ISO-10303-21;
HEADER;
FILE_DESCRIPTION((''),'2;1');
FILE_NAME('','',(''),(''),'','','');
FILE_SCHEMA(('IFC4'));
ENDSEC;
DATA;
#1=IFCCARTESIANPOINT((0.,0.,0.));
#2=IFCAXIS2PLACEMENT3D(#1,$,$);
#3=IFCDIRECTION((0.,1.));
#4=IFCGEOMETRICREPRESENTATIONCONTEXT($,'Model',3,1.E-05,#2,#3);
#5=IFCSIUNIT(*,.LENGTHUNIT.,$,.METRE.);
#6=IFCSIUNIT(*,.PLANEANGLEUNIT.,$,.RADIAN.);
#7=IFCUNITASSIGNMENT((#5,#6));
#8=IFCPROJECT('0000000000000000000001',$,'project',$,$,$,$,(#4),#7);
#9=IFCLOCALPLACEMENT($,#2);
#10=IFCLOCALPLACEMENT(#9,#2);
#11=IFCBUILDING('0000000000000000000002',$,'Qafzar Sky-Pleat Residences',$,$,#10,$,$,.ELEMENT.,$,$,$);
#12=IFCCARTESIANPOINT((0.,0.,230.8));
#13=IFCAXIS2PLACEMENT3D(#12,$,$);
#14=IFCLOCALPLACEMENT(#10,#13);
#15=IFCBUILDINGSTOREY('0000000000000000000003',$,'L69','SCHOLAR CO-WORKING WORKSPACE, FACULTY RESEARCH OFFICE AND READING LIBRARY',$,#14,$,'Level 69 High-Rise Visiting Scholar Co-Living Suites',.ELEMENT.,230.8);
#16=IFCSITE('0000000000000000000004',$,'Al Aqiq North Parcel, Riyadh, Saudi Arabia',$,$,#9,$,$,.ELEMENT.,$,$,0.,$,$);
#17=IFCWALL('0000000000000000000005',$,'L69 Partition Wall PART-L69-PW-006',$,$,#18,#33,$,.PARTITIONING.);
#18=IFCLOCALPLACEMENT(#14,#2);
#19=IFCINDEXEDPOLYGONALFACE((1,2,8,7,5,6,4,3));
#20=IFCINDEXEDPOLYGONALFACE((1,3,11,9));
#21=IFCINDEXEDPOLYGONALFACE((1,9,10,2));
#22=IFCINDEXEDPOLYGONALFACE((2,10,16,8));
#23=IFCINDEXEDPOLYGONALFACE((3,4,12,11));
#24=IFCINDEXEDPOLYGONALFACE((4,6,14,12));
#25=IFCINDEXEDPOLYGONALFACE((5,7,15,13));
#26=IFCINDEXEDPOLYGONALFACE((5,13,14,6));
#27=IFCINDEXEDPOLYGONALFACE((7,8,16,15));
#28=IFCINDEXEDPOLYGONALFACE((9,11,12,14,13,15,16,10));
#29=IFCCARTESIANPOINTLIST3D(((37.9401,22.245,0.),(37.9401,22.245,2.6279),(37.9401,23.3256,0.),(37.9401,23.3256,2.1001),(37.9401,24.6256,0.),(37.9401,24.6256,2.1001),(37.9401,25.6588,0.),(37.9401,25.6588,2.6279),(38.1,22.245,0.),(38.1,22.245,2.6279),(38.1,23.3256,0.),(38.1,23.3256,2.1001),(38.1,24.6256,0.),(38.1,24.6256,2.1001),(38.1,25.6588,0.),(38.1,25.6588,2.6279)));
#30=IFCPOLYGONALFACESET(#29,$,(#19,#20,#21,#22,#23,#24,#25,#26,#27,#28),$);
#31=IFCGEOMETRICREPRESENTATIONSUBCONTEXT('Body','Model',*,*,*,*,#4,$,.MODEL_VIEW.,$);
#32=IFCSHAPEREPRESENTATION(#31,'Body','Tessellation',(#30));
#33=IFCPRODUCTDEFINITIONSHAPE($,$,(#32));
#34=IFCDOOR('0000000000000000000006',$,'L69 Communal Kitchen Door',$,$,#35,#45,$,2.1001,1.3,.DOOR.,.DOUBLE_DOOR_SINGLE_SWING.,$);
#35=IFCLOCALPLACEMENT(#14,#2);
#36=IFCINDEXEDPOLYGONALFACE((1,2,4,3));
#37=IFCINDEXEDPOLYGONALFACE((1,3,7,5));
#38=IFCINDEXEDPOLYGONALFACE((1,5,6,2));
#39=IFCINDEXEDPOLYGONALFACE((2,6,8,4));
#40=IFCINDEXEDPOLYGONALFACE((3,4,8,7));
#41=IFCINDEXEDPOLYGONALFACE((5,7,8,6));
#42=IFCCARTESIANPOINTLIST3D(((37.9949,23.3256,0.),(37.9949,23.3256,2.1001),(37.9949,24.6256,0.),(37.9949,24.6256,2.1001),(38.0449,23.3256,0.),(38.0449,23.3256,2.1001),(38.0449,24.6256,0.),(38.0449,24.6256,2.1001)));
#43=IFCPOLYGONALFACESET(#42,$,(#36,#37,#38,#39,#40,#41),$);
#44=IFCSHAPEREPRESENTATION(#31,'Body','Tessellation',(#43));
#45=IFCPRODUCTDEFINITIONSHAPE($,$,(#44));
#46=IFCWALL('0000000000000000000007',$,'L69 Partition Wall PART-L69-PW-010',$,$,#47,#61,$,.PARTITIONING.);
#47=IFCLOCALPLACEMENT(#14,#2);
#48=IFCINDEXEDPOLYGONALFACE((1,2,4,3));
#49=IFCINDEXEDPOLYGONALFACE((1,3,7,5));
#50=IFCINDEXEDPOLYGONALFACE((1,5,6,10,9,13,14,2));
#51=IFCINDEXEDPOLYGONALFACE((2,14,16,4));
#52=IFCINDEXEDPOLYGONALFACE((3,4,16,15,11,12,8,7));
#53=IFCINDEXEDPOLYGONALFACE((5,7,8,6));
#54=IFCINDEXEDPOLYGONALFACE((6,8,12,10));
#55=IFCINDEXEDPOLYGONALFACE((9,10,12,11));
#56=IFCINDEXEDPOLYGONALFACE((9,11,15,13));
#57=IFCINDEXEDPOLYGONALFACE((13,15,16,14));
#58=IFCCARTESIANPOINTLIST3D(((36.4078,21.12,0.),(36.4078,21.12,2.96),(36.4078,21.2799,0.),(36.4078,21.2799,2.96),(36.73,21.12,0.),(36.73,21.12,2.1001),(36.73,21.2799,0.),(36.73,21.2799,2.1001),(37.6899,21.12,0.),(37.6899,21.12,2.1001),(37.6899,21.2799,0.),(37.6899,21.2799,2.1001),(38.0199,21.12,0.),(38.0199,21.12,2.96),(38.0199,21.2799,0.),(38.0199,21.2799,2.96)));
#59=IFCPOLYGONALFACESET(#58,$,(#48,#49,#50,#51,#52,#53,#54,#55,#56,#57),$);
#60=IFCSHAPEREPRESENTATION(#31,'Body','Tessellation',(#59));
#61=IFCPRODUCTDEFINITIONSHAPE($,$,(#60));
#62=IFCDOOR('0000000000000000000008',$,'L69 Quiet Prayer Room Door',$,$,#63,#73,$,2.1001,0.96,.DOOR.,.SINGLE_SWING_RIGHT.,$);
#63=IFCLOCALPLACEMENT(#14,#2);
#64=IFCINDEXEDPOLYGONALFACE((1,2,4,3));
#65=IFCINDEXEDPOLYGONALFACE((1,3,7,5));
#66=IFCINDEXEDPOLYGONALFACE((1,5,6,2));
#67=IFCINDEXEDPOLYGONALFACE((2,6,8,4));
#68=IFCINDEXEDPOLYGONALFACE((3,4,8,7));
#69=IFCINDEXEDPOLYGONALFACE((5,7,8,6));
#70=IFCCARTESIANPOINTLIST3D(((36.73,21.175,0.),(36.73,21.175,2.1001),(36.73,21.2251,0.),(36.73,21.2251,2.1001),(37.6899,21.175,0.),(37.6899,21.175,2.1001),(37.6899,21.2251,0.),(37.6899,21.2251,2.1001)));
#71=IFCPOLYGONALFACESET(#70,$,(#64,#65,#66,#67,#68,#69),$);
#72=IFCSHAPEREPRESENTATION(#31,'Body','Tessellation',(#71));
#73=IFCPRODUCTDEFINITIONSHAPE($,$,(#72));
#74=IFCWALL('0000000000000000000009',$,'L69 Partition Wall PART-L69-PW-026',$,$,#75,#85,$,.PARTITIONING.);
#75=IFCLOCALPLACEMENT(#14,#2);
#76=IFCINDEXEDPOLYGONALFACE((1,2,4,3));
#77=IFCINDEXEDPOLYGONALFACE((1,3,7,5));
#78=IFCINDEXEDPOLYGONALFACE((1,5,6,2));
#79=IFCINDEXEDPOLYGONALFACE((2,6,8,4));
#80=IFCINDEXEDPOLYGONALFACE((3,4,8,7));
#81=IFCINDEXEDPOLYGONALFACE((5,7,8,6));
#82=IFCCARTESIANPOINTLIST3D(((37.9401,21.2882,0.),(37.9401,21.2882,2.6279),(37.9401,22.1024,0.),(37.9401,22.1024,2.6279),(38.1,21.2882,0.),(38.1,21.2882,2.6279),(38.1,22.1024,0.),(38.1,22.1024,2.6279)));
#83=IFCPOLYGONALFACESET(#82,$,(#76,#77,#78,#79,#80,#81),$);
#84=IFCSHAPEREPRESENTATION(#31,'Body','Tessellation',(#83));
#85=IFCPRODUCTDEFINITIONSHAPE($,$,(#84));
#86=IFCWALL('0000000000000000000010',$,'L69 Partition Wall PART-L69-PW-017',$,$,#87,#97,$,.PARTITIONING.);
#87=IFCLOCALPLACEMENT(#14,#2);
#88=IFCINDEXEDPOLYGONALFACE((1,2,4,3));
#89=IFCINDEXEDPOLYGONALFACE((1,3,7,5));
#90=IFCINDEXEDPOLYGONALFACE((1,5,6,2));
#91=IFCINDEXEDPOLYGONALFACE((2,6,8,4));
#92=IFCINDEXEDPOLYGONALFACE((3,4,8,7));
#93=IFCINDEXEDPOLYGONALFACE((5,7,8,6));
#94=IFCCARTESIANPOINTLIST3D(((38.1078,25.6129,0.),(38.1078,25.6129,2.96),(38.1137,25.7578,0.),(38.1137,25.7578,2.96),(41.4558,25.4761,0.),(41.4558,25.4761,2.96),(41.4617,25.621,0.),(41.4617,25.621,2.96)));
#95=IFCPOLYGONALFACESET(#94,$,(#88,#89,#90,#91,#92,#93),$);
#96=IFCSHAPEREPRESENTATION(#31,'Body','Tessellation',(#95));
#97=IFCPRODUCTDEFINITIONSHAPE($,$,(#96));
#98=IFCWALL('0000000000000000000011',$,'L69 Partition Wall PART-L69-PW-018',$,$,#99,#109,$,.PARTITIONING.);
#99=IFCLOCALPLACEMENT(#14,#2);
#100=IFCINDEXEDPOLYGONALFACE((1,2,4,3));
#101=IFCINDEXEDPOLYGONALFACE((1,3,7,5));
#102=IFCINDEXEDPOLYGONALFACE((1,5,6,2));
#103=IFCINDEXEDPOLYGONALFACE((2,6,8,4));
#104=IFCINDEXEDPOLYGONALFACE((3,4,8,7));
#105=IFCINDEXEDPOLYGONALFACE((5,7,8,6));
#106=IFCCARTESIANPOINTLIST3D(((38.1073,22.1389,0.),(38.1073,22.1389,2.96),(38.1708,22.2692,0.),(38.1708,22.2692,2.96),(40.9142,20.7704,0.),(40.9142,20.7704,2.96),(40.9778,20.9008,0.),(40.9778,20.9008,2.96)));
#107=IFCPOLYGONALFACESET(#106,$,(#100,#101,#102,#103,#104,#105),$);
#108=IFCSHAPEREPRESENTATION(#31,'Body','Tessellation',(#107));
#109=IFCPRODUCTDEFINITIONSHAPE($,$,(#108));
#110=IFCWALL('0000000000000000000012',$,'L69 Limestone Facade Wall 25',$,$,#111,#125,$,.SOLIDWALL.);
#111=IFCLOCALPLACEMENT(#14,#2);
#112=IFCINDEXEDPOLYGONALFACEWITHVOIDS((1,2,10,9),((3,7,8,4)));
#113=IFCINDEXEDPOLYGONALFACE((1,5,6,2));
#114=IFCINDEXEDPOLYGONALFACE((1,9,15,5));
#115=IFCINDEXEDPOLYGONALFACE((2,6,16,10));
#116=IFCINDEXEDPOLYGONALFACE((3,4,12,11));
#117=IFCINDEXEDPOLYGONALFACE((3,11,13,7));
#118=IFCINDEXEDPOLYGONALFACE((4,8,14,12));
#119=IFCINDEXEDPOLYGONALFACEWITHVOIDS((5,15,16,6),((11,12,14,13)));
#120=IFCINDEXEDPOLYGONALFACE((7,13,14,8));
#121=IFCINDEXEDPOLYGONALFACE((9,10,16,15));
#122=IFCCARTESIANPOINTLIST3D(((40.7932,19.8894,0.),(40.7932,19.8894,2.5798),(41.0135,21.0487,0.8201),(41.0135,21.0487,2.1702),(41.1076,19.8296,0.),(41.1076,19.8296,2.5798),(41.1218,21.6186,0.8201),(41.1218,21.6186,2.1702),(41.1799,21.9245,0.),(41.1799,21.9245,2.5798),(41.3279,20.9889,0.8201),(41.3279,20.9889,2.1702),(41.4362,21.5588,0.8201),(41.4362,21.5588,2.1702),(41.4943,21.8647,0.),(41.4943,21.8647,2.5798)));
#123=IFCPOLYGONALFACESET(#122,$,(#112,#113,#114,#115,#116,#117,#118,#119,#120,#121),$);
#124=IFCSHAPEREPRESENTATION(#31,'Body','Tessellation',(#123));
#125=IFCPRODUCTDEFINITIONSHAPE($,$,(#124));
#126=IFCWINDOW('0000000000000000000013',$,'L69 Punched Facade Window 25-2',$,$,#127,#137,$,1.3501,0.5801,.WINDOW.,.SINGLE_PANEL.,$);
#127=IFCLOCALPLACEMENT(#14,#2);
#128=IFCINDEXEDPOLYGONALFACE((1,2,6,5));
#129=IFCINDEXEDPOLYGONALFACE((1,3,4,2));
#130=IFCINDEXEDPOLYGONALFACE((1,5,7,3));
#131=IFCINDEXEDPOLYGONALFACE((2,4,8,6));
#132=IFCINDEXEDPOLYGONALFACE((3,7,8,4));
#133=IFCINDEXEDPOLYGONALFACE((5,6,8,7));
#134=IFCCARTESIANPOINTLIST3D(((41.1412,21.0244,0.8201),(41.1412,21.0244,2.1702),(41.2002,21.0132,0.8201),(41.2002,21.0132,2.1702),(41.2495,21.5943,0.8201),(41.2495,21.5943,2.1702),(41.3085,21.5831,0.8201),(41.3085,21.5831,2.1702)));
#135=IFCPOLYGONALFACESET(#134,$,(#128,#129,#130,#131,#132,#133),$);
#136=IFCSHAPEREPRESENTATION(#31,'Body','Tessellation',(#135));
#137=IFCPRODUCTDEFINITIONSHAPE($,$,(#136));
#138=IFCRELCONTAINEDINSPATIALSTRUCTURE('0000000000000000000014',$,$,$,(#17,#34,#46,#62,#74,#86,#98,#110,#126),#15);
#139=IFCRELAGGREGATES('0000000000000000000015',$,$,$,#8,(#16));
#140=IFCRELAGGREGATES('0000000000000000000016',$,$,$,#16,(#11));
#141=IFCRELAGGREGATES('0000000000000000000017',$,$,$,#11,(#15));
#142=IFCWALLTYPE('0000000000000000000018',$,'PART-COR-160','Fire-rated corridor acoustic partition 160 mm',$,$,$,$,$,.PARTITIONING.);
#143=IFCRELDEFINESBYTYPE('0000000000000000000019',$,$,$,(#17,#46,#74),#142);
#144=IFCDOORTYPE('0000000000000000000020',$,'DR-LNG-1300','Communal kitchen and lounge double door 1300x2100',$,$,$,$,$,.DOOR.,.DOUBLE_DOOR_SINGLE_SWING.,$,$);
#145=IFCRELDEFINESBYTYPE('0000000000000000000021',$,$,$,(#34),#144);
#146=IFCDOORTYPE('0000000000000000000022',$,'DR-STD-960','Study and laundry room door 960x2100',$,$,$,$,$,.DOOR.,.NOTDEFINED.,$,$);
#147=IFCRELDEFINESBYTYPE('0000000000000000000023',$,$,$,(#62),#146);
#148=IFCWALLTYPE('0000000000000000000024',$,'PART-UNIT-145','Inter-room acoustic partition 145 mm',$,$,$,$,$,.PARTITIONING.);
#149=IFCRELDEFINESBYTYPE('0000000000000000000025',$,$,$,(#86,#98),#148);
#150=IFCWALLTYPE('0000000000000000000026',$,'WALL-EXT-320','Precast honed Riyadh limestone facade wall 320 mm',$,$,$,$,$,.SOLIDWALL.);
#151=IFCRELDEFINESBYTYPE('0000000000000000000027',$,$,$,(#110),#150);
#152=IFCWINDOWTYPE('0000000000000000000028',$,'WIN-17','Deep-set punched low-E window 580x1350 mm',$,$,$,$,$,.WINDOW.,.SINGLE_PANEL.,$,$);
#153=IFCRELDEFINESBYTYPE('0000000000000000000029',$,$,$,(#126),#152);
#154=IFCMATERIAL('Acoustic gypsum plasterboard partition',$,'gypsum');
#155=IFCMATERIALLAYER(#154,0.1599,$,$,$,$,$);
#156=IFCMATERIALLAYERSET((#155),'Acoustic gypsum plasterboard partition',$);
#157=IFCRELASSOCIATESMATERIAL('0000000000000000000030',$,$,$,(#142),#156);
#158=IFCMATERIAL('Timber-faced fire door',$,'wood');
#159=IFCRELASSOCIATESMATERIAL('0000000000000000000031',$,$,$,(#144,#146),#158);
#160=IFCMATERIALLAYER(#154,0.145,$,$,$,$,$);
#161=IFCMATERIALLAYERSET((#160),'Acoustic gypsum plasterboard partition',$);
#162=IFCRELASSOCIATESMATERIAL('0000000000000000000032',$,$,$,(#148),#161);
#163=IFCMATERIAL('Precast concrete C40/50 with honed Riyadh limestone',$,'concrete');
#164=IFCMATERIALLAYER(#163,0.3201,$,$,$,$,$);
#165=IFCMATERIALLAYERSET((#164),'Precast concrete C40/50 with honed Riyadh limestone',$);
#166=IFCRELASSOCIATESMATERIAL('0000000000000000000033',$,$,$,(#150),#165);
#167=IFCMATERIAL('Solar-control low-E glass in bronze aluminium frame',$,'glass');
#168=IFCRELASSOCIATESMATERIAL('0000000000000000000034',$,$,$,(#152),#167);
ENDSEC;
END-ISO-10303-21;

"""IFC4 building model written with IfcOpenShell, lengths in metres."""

from ifc_helpers import new_model, si_unit, direction, frame, frame_2d, origin, place, context, subcontext, project, spatial, rectangle, extrude, source, transform, mapped, material, layer, layer_set, type_object, element, fill, save


model = new_model("IFC4")

# Units and contexts
model_context = context("Model", 3, precision=1e-05, world=origin(), true_north=direction((0.0, 1.0)))
body_context = subcontext(model_context, "Body", "Model", "MODEL_VIEW")
ifc_project = project(units=[si_unit("LENGTHUNIT", "METRE"), si_unit("PLANEANGLEUNIT", "RADIAN")], contexts=[model_context])

# Site, building, storey
site_placement = place(None, origin())
site = spatial("IfcSite", under=ifc_project, at=site_placement, Name="Al Aqiq North Parcel, Riyadh, Saudi Arabia", CompositionType="ELEMENT", RefElevation=0.0)
building_placement = place(site_placement, origin())
building = spatial("IfcBuilding", under=site, at=building_placement, Name="Qafzar Sky-Pleat Residences", CompositionType="ELEMENT")
storey_placement = place(building_placement, frame((0.0, 0.0, 230.8)))
storey = spatial("IfcBuildingStorey", under=building, at=storey_placement, Name="L69", Description="SCHOLAR CO-WORKING WORKSPACE, FACULTY RESEARCH OFFICE AND READING LIBRARY", LongName="Level 69 High-Rise Visiting Scholar Co-Living Suites", CompositionType="ELEMENT", Elevation=230.8)

# Walls, openings, doors
ifc_material_1 = material(Name="Acoustic gypsum plasterboard partition", Category="gypsum")
ifc_layer_1 = layer(ifc_material_1, 0.1599)
ifc_layer_set_1 = layer_set([ifc_layer_1], Name="Acoustic gypsum plasterboard partition")
wall_type_1 = type_object("IfcWallType", Name="PART-COR-160", Description="Fire-rated corridor acoustic partition 160 mm", PredefinedType="PARTITIONING", material=ifc_layer_set_1)
wall_1_placement = place(storey_placement, frame((38.02, 25.6589, 0.0), z_axis=(0.0, 0.0, 1.0), x_axis=(0.0, -1.0, 0.0)))
wall_1 = element("IfcWall", 1, at=wall_1_placement, inside=storey, type_object=wall_type_1, Name="L69 Partition Wall PART-L69-PW-006", PredefinedType="PARTITIONING", context=body_context, shape_type="SweptSolid", body=[
    extrude(rectangle(XDim=3.4138, YDim=0.1599, at=frame_2d((1.707, 0.0))), origin(), (0.0, 0.0, 1.0), 2.6279),
])
opening_1_placement = place(wall_1_placement, frame((1.0334, 0.0, 0.0)))
opening_1 = element("IfcOpeningElement", 2, at=opening_1_placement, cuts=wall_1, PredefinedType="OPENING", context=body_context, shape_type="SweptSolid", body=[
    extrude(rectangle(XDim=1.3, YDim=2.1001, at=frame_2d((0.6499, 1.05))), frame((0.0, 0.0898, 0.0), z_axis=(0.0, -1.0, 0.0), x_axis=(1.0, 0.0, 0.0)), (0.0, 0.0, 1.0), 0.1799),
])
ifc_material_2 = material(Name="Timber-faced fire door", Category="wood")
door_type_1 = type_object("IfcDoorType", Name="DR-LNG-1300", Description="Communal kitchen and lounge double door 1300x2100", OperationType="DOUBLE_DOOR_SINGLE_SWING", PredefinedType="DOOR", material=ifc_material_2)
shared_shape_1 = source(origin(), body_context, "Body", "SweptSolid", [
    extrude(rectangle(XDim=1.3, YDim=2.1001, at=frame_2d((0.6499, 1.05))), frame((0.0, 0.0249, 0.0), z_axis=(0.0, -1.0, 0.0), x_axis=(1.0, 0.0, 0.0)), (0.0, 0.0, 1.0), 0.05),
])
door_1_placement = place(opening_1_placement, origin())
door_1 = element("IfcDoor", 3, at=door_1_placement, inside=storey, type_object=door_type_1, Name="L69 Communal Kitchen Door", OperationType="DOUBLE_DOOR_SINGLE_SWING", OverallHeight=2.1001, OverallWidth=1.3, PredefinedType="DOOR", context=body_context, shape_type="MappedRepresentation", body=[
    mapped(shared_shape_1, transform((0.0, 0.0, 0.0), x_axis=(1.0, 0.0, 0.0), y_axis=(0.0, 1.0, 0.0), z_axis=(0.0, 0.0, 1.0), scale=1.0)),
])
fill(opening_1, door_1)
wall_2_placement = place(storey_placement, frame((38.02, 21.2, 0.0), z_axis=(0.0, 0.0, 1.0), x_axis=(-1.0, 0.0, 0.0)))
wall_2 = element("IfcWall", 4, at=wall_2_placement, inside=storey, type_object=wall_type_1, Name="L69 Partition Wall PART-L69-PW-010", PredefinedType="PARTITIONING", context=body_context, shape_type="SweptSolid", body=[
    extrude(rectangle(XDim=1.6121, YDim=0.1599, at=frame_2d((0.8062, 0.0))), origin(), (0.0, 0.0, 1.0), 2.96),
])
opening_2_placement = place(wall_2_placement, frame((0.3301, 0.0, 0.0)))
opening_2 = element("IfcOpeningElement", 5, at=opening_2_placement, cuts=wall_2, PredefinedType="OPENING", context=body_context, shape_type="SweptSolid", body=[
    extrude(rectangle(XDim=0.96, YDim=2.1001, at=frame_2d((0.48, 1.05))), frame((0.0, 0.0898, 0.0), z_axis=(0.0, -1.0, 0.0), x_axis=(1.0, 0.0, 0.0)), (0.0, 0.0, 1.0), 0.1799),
])
door_type_2 = type_object("IfcDoorType", Name="DR-STD-960", Description="Study and laundry room door 960x2100", OperationType="NOTDEFINED", PredefinedType="DOOR", material=ifc_material_2)
shared_shape_2 = source(origin(), body_context, "Body", "SweptSolid", [
    extrude(rectangle(XDim=0.96, YDim=2.1001, at=frame_2d((0.48, 1.05))), frame((0.0, 0.0249, 0.0), z_axis=(0.0, -1.0, 0.0), x_axis=(1.0, 0.0, 0.0)), (0.0, 0.0, 1.0), 0.05),
])
door_2_placement = place(opening_2_placement, origin())
door_2 = element("IfcDoor", 6, at=door_2_placement, inside=storey, type_object=door_type_2, Name="L69 Quiet Prayer Room Door", OperationType="SINGLE_SWING_RIGHT", OverallHeight=2.1001, OverallWidth=0.96, PredefinedType="DOOR", context=body_context, shape_type="MappedRepresentation", body=[
    mapped(shared_shape_2, transform((0.0, 0.0, 0.0), x_axis=(1.0, 0.0, 0.0), y_axis=(0.0, 1.0, 0.0), z_axis=(0.0, 0.0, 1.0), scale=1.0)),
])
fill(opening_2, door_2)

# Walls
wall_3_placement = place(storey_placement, frame((38.02, 21.2881, 0.0), z_axis=(0.0, 0.0, 1.0), x_axis=(0.0, 1.0, 0.0)))
element("IfcWall", 7, at=wall_3_placement, inside=storey, type_object=wall_type_1, Name="L69 Partition Wall PART-L69-PW-026", PredefinedType="PARTITIONING", context=body_context, shape_type="SweptSolid", body=[
    extrude(rectangle(XDim=0.8142, YDim=0.1599, at=frame_2d((0.4072, 0.0))), origin(), (0.0, 0.0, 1.0), 2.6279),
])
ifc_layer_2 = layer(ifc_material_1, 0.145)
ifc_layer_set_2 = layer_set([ifc_layer_2], Name="Acoustic gypsum plasterboard partition")
wall_type_2 = type_object("IfcWallType", Name="PART-UNIT-145", Description="Inter-room acoustic partition 145 mm", PredefinedType="PARTITIONING", material=ifc_layer_set_2)
wall_4_placement = place(storey_placement, frame((38.1108, 25.6853, 0.0), z_axis=(0.0, 0.0, 1.0), x_axis=(0.999167, -0.0408, 0.0)))
element("IfcWall", 8, at=wall_4_placement, inside=storey, type_object=wall_type_2, Name="L69 Partition Wall PART-L69-PW-017", PredefinedType="PARTITIONING", context=body_context, shape_type="SweptSolid", body=[
    extrude(rectangle(XDim=3.3508, YDim=0.145, at=frame_2d((1.6753, 0.0))), origin(), (0.0, 0.0, 1.0), 2.96),
])
wall_5_placement = place(storey_placement, frame((38.1389, 22.2041, 0.0), z_axis=(0.0, 0.0, 1.0), x_axis=(0.89887, -0.438216, 0.0)))
element("IfcWall", 9, at=wall_5_placement, inside=storey, type_object=wall_type_2, Name="L69 Partition Wall PART-L69-PW-018", PredefinedType="PARTITIONING", context=body_context, shape_type="SweptSolid", body=[
    extrude(rectangle(XDim=3.1228, YDim=0.145, at=frame_2d((1.5615, 0.0))), origin(), (0.0, 0.0, 1.0), 2.96),
])

# Wall, opening, window
ifc_material_3 = material(Name="Precast concrete C40/50 with honed Riyadh limestone", Category="concrete")
ifc_layer_3 = layer(ifc_material_3, 0.3201)
ifc_layer_set_3 = layer_set([ifc_layer_3], Name="Precast concrete C40/50 with honed Riyadh limestone")
wall_type_3 = type_object("IfcWallType", Name="WALL-EXT-320", Description="Precast honed Riyadh limestone facade wall 320 mm", PredefinedType="SOLIDWALL", material=ifc_layer_set_3)
wall_6_placement = place(storey_placement, frame((40.9504, 19.8596, 0.0), z_axis=(0.0, 0.0, 1.0), x_axis=(0.186679, 0.982421, 0.0)))
wall_6 = element("IfcWall", 10, at=wall_6_placement, inside=storey, type_object=wall_type_3, Name="L69 Limestone Facade Wall 25", PredefinedType="SOLIDWALL", context=body_context, shape_type="SweptSolid", body=[
    extrude(rectangle(XDim=2.0715, YDim=0.3201, at=frame_2d((1.0356, 0.0))), origin(), (0.0, 0.0, 1.0), 2.5798),
])
opening_3_placement = place(wall_6_placement, frame((1.1799, 0.0, 0.8201)))
opening_3 = element("IfcOpeningElement", 11, at=opening_3_placement, cuts=wall_6, PredefinedType="OPENING", context=body_context, shape_type="SweptSolid", body=[
    extrude(rectangle(XDim=0.5801, YDim=1.3501, at=frame_2d((0.29, 0.675))), frame((0.0, 0.1699, 0.0), z_axis=(0.0, -1.0, 0.0), x_axis=(1.0, 0.0, 0.0)), (0.0, 0.0, 1.0), 0.3401),
])
ifc_material_4 = material(Name="Solar-control low-E glass in bronze aluminium frame", Category="glass")
window_type_1 = type_object("IfcWindowType", Name="WIN-17", Description="Deep-set punched low-E window 580x1350 mm", PartitioningType="SINGLE_PANEL", PredefinedType="WINDOW", material=ifc_material_4)
shared_shape_3 = source(origin(), body_context, "Body", "SweptSolid", [
    extrude(rectangle(XDim=0.5801, YDim=1.3501, at=frame_2d((0.29, 0.675))), frame((0.0, 0.03, 0.0), z_axis=(0.0, -1.0, 0.0), x_axis=(1.0, 0.0, 0.0)), (0.0, 0.0, 1.0), 0.0601),
])
window_1_placement = place(opening_3_placement, origin())
window_1 = element("IfcWindow", 12, at=window_1_placement, inside=storey, type_object=window_type_1, Name="L69 Punched Facade Window 25-2", OverallHeight=1.3501, OverallWidth=0.5801, PartitioningType="SINGLE_PANEL", PredefinedType="WINDOW", context=body_context, shape_type="MappedRepresentation", body=[
    mapped(shared_shape_3, transform((0.0, 0.0, 0.0), x_axis=(1.0, 0.0, 0.0), y_axis=(0.0, 1.0, 0.0), z_axis=(0.0, 0.0, 1.0), scale=1.0)),
])
fill(opening_3, window_1)

save(model, "model.ifc")
